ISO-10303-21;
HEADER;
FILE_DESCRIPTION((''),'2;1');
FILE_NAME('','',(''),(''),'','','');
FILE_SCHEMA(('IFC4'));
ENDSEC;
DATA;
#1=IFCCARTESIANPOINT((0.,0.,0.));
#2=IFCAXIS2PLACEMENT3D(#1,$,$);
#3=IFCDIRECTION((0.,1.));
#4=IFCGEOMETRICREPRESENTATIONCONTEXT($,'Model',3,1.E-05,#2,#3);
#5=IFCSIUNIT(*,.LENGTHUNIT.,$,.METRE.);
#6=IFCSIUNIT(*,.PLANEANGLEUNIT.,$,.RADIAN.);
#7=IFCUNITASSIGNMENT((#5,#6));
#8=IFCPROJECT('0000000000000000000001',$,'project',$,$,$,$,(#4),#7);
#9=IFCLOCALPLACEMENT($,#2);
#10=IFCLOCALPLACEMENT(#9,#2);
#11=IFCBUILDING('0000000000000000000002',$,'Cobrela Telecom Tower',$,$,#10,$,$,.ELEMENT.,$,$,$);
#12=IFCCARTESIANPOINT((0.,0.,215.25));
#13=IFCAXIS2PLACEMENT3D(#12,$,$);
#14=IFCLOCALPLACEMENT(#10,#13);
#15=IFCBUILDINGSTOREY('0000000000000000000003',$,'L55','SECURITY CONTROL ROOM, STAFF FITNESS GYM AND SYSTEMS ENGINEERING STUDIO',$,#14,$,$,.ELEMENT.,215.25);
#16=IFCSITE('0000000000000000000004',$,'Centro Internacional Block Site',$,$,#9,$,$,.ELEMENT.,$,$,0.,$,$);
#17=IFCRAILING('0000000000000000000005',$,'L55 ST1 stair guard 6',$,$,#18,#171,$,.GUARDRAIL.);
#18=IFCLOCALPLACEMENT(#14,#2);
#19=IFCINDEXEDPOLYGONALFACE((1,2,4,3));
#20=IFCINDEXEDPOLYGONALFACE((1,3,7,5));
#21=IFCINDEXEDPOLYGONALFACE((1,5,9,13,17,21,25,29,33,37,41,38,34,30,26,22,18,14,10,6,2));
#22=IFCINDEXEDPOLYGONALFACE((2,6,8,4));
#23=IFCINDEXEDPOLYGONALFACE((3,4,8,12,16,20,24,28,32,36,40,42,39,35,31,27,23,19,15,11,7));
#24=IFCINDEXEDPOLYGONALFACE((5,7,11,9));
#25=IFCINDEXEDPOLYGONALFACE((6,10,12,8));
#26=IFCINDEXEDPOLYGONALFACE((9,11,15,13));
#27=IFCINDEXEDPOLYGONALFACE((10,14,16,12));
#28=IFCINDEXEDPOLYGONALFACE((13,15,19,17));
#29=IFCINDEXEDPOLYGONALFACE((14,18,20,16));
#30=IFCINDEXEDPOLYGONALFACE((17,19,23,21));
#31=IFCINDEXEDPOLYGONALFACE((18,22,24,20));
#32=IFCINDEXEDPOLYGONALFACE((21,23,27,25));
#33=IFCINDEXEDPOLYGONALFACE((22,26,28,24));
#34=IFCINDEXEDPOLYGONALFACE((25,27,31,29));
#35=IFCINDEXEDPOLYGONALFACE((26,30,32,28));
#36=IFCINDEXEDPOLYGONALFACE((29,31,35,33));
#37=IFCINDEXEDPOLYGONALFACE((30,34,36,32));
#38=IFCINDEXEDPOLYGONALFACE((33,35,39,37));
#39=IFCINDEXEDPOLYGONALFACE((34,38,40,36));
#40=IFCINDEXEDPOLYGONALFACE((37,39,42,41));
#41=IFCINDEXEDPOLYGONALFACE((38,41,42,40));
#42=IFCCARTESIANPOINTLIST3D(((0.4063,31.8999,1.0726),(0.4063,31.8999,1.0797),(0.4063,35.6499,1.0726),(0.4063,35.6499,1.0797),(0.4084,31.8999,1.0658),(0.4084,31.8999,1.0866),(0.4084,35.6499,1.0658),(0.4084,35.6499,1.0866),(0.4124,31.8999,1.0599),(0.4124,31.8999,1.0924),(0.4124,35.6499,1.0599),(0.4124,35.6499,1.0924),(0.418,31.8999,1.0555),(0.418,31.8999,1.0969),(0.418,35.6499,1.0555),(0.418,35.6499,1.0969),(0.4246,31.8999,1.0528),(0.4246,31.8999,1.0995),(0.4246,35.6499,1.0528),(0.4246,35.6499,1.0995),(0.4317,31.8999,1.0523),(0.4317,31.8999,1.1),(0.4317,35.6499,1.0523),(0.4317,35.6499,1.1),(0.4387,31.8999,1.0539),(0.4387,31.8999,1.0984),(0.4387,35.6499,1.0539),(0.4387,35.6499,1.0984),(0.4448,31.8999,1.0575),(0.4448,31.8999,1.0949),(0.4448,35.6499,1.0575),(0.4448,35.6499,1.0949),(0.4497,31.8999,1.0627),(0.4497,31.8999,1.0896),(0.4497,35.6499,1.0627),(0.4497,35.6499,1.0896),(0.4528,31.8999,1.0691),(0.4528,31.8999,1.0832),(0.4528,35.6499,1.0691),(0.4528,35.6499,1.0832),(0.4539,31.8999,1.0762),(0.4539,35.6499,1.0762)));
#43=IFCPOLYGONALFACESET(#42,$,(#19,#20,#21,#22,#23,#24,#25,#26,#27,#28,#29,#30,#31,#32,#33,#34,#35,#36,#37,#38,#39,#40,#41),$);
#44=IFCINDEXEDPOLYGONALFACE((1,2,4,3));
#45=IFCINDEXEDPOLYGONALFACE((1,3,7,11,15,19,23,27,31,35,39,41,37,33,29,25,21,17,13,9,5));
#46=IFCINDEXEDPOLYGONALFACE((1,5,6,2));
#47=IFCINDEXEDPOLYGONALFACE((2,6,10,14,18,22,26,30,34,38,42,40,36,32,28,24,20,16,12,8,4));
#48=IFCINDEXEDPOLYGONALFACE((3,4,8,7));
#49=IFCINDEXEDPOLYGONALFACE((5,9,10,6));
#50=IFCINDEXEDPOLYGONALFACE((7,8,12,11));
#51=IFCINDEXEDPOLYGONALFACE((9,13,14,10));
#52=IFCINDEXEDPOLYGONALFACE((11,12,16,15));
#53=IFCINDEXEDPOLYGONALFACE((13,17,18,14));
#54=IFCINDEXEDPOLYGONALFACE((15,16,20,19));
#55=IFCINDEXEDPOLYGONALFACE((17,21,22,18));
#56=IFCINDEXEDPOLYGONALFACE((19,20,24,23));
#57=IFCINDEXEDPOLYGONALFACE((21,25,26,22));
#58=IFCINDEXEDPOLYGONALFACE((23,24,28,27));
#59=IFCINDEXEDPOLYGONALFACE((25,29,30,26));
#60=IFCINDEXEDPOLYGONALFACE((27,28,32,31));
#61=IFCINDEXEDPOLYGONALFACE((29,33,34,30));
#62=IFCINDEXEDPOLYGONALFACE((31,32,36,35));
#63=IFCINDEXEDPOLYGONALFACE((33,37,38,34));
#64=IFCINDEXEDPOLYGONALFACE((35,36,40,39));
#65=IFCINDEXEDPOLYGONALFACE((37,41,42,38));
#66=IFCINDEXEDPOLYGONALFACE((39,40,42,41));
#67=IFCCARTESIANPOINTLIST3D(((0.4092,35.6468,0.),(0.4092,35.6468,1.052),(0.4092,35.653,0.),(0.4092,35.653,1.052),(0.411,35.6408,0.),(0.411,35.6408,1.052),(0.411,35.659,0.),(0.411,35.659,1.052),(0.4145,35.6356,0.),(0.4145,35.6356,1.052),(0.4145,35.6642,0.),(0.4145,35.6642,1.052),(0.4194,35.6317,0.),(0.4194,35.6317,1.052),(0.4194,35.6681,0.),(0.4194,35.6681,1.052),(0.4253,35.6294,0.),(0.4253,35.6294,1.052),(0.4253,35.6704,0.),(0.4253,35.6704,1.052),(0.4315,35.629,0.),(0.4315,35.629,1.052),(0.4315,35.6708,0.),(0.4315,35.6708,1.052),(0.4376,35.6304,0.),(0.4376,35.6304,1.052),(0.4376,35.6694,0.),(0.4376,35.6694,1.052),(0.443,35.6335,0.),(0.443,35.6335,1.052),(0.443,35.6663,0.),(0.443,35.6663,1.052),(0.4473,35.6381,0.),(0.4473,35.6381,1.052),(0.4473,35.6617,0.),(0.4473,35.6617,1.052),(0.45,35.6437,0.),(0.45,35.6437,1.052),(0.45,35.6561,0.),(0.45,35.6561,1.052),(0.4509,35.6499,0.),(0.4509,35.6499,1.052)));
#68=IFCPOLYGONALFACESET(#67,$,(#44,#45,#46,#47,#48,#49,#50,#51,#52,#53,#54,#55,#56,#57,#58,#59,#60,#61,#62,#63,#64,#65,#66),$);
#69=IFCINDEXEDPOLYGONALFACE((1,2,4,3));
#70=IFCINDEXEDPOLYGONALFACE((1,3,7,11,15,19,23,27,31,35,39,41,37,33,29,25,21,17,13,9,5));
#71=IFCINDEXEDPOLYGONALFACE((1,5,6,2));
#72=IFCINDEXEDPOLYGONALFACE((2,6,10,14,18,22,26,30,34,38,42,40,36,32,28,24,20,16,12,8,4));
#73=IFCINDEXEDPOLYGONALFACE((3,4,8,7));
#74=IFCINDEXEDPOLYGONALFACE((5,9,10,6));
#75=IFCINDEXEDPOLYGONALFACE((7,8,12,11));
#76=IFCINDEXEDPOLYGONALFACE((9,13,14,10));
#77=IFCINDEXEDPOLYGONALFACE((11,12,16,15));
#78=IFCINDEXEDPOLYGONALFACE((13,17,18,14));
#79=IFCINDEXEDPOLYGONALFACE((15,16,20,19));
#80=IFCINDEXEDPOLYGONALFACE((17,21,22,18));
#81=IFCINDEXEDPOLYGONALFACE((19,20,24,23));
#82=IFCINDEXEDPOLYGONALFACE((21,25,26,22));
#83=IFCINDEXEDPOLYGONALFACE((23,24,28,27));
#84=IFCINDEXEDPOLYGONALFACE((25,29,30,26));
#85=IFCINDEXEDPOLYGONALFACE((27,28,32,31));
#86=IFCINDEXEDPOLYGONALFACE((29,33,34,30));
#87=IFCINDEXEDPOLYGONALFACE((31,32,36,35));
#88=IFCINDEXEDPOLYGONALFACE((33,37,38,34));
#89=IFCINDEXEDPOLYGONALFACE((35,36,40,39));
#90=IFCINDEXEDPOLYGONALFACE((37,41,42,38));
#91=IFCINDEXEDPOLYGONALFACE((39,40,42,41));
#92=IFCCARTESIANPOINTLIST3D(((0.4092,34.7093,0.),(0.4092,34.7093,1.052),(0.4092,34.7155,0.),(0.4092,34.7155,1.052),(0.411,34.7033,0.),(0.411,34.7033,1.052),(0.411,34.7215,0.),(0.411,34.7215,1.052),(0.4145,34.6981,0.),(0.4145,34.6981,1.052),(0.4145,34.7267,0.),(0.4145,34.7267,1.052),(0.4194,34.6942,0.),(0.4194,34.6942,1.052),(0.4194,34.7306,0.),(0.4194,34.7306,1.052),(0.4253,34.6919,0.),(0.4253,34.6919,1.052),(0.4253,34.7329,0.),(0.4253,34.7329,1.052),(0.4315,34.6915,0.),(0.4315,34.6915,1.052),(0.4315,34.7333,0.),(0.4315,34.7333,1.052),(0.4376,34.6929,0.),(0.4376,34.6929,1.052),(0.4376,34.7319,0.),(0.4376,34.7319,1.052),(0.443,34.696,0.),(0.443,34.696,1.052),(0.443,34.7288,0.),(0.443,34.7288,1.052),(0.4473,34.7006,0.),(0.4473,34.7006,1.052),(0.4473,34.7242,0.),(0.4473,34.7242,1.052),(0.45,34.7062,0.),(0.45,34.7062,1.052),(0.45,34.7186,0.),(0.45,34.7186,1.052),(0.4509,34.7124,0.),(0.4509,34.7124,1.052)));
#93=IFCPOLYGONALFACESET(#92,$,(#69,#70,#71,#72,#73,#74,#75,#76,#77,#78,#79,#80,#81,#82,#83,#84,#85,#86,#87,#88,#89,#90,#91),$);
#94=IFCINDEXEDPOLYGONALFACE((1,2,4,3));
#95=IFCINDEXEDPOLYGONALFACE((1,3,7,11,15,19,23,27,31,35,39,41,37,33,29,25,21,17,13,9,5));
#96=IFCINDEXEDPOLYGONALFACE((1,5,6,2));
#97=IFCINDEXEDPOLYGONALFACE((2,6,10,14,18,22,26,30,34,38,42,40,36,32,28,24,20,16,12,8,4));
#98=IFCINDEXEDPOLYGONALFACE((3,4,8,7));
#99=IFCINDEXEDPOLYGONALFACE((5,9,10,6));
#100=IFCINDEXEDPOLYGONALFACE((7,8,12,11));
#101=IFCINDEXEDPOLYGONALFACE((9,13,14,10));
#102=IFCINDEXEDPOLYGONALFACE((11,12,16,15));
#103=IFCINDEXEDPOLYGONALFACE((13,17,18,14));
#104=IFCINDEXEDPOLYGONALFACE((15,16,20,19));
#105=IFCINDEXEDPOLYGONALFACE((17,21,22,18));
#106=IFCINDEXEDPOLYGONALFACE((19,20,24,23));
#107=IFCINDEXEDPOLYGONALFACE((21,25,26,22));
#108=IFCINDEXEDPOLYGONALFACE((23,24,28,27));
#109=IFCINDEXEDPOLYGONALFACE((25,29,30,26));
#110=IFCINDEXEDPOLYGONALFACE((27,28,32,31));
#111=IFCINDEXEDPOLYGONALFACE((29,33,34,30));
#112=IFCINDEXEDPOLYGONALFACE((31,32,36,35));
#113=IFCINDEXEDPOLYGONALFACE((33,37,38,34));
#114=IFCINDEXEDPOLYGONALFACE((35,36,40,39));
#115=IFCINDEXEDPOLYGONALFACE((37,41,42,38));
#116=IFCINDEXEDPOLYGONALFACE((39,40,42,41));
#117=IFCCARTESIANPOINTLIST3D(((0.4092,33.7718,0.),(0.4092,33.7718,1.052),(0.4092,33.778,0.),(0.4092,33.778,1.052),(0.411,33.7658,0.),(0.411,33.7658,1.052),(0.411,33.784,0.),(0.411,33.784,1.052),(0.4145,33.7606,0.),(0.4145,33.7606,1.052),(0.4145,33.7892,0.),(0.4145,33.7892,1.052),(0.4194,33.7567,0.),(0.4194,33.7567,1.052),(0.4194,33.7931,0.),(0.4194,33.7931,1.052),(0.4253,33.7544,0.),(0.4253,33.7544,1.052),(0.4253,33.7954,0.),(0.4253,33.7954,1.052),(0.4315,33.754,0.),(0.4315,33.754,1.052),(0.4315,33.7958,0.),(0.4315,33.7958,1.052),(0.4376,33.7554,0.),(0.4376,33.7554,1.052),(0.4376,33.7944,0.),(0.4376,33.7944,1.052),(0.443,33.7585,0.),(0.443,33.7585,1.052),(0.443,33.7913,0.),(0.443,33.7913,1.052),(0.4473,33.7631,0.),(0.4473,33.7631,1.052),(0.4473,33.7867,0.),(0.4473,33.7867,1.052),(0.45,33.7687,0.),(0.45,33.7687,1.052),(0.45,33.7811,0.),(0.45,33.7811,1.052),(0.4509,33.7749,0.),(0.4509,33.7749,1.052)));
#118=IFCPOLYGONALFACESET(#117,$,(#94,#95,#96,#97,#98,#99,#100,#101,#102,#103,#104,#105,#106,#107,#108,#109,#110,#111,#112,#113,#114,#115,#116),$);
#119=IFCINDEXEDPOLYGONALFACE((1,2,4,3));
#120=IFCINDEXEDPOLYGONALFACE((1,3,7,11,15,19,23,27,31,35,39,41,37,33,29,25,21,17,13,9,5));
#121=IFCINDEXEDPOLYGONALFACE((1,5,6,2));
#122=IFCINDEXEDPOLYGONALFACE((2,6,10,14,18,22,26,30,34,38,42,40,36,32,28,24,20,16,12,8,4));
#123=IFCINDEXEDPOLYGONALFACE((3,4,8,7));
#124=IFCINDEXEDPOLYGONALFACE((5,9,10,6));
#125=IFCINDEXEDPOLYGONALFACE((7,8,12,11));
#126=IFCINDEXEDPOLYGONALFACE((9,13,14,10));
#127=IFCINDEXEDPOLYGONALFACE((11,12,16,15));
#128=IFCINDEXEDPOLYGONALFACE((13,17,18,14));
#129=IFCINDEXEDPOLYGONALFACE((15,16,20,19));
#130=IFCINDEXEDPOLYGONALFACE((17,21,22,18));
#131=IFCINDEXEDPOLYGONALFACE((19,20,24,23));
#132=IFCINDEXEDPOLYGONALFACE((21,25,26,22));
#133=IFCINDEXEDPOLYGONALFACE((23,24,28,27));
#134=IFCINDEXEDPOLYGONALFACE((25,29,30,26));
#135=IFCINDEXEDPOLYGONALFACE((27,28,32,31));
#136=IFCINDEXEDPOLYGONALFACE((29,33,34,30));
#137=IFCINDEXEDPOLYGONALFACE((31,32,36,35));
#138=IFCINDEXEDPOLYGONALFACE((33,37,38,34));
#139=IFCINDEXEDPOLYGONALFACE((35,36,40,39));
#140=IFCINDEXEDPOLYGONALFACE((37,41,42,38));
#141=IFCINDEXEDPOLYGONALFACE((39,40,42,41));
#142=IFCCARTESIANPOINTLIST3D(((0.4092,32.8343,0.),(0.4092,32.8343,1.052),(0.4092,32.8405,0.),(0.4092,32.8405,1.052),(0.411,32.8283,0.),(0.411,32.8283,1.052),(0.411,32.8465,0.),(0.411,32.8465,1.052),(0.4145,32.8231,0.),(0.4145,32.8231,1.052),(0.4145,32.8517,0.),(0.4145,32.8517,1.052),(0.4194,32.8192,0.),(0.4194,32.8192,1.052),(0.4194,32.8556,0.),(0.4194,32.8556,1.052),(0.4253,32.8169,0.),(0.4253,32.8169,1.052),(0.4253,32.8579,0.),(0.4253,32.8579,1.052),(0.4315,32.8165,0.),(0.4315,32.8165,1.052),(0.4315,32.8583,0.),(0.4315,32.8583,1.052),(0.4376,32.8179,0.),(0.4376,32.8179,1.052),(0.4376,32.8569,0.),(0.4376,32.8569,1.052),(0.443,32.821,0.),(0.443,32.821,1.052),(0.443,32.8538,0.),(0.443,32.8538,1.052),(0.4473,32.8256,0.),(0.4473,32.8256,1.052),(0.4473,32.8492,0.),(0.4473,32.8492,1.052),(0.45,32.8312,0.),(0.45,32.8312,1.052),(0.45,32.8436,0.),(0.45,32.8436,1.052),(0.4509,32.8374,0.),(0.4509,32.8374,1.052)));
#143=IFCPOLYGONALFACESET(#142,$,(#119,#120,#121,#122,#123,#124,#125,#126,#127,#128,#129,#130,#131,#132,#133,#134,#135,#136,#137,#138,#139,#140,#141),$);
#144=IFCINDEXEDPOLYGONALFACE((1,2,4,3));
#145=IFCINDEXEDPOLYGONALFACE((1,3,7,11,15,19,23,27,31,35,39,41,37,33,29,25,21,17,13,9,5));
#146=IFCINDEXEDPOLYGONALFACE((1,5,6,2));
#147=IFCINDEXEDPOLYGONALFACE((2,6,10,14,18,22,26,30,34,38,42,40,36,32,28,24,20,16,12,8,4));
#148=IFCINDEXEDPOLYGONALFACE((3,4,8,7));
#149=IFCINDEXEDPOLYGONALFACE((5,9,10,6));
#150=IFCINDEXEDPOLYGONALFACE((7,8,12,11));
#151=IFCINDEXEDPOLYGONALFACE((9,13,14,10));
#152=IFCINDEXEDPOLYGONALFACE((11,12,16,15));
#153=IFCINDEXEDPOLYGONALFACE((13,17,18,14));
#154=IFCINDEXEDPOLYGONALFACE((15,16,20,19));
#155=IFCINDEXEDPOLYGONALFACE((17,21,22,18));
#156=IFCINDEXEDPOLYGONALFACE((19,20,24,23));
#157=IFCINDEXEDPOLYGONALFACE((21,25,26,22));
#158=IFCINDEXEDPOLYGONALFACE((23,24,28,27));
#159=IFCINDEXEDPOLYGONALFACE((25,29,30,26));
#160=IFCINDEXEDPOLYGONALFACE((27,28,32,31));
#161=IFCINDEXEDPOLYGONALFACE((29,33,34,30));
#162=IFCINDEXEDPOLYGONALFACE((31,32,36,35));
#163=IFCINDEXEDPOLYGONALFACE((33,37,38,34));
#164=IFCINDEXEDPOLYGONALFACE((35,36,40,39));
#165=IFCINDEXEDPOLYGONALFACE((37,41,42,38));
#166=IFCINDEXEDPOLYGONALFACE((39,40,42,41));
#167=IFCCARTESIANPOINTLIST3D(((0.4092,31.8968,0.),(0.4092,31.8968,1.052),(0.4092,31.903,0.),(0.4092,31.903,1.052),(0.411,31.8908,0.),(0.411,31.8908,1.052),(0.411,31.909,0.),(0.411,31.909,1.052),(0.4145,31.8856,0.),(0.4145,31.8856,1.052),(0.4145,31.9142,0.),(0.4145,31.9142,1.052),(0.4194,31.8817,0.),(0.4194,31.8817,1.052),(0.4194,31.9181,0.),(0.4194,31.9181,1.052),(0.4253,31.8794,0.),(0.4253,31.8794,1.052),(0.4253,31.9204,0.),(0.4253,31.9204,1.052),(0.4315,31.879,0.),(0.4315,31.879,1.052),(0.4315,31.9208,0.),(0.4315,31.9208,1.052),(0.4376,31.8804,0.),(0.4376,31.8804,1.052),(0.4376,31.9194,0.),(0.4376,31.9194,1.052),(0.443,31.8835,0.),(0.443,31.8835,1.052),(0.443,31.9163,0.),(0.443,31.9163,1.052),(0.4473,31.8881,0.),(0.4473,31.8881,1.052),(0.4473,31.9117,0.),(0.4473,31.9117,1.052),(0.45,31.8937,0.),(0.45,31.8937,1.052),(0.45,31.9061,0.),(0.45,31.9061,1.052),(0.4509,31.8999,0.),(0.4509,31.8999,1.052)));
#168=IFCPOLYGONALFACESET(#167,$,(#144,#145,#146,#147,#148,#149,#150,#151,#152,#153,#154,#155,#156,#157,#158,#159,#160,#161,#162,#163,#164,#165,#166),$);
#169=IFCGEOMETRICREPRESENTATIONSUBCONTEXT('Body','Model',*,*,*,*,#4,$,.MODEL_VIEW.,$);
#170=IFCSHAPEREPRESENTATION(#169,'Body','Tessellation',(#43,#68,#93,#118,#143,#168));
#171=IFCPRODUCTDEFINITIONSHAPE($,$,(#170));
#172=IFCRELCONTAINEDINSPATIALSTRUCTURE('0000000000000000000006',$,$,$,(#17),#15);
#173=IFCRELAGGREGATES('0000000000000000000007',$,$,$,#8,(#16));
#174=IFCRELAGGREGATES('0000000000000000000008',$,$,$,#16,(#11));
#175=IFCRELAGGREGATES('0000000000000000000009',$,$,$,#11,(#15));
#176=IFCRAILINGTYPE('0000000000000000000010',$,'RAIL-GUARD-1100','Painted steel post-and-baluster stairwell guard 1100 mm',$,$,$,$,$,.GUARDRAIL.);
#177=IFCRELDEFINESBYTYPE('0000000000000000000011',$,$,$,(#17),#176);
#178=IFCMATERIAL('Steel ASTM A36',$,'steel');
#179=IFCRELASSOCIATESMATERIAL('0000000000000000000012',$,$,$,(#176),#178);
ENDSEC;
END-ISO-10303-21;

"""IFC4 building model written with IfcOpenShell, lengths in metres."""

from ifc_helpers import new_model, si_unit, direction, frame, origin, origin_2d, place, context, subcontext, project, spatial, circle, extrude, material, type_object, element, save


model = new_model("IFC4")

# Units and contexts
model_context = context("Model", 3, precision=1e-05, world=origin(), true_north=direction((0.0, 1.0)))
body_context = subcontext(model_context, "Body", "Model", "MODEL_VIEW")
ifc_project = project(units=[si_unit("LENGTHUNIT", "METRE"), si_unit("PLANEANGLEUNIT", "RADIAN")], contexts=[model_context])

# Site, building, storey
site_placement = place(None, origin())
site = spatial("IfcSite", under=ifc_project, at=site_placement, Name="Centro Internacional Block Site", CompositionType="ELEMENT", RefElevation=0.0)
building_placement = place(site_placement, origin())
building = spatial("IfcBuilding", under=site, at=building_placement, Name="Cobrela Telecom Tower", CompositionType="ELEMENT")
storey_placement = place(building_placement, frame((0.0, 0.0, 215.25)))
storey = spatial("IfcBuildingStorey", under=building, at=storey_placement, Name="L55", Description="SECURITY CONTROL ROOM, STAFF FITNESS GYM AND SYSTEMS ENGINEERING STUDIO", CompositionType="ELEMENT", Elevation=215.25)

# Shared definitions
ifc_material_1 = material(Name="Steel ASTM A36", Category="steel")

# Railing
railing_type_1 = type_object("IfcRailingType", Name="RAIL-GUARD-1100", Description="Painted steel post-and-baluster stairwell guard 1100 mm", PredefinedType="GUARDRAIL", material=ifc_material_1)
railing_1_placement = place(storey_placement, frame((0.4299, 35.6499, 0.0)))
element("IfcRailing", 1, at=railing_1_placement, inside=storey, type_object=railing_type_1, Name="L55 ST1 stair guard 6", PredefinedType="GUARDRAIL", context=body_context, shape_type="SweptSolid", body=[
    extrude(circle(Radius=0.0239, at=origin_2d()), frame((0.0, 0.0, 1.0762), z_axis=(0.0, -1.0, 0.0), x_axis=(1.0, 0.0, 0.0)), (0.0, 0.0, 1.0), 3.75),
    extrude(circle(Radius=0.021, at=origin_2d()), origin(), (0.0, 0.0, 1.0), 1.052),
    extrude(circle(Radius=0.021, at=origin_2d()), frame((0.0, -0.9375, 0.0)), (0.0, 0.0, 1.0), 1.052),
    extrude(circle(Radius=0.021, at=origin_2d()), frame((0.0, -1.875, 0.0)), (0.0, 0.0, 1.0), 1.052),
    extrude(circle(Radius=0.021, at=origin_2d()), frame((0.0, -2.8125, 0.0)), (0.0, 0.0, 1.0), 1.052),
    extrude(circle(Radius=0.021, at=origin_2d()), frame((0.0, -3.75, 0.0)), (0.0, 0.0, 1.0), 1.052),
])

save(model, "model.ifc")
